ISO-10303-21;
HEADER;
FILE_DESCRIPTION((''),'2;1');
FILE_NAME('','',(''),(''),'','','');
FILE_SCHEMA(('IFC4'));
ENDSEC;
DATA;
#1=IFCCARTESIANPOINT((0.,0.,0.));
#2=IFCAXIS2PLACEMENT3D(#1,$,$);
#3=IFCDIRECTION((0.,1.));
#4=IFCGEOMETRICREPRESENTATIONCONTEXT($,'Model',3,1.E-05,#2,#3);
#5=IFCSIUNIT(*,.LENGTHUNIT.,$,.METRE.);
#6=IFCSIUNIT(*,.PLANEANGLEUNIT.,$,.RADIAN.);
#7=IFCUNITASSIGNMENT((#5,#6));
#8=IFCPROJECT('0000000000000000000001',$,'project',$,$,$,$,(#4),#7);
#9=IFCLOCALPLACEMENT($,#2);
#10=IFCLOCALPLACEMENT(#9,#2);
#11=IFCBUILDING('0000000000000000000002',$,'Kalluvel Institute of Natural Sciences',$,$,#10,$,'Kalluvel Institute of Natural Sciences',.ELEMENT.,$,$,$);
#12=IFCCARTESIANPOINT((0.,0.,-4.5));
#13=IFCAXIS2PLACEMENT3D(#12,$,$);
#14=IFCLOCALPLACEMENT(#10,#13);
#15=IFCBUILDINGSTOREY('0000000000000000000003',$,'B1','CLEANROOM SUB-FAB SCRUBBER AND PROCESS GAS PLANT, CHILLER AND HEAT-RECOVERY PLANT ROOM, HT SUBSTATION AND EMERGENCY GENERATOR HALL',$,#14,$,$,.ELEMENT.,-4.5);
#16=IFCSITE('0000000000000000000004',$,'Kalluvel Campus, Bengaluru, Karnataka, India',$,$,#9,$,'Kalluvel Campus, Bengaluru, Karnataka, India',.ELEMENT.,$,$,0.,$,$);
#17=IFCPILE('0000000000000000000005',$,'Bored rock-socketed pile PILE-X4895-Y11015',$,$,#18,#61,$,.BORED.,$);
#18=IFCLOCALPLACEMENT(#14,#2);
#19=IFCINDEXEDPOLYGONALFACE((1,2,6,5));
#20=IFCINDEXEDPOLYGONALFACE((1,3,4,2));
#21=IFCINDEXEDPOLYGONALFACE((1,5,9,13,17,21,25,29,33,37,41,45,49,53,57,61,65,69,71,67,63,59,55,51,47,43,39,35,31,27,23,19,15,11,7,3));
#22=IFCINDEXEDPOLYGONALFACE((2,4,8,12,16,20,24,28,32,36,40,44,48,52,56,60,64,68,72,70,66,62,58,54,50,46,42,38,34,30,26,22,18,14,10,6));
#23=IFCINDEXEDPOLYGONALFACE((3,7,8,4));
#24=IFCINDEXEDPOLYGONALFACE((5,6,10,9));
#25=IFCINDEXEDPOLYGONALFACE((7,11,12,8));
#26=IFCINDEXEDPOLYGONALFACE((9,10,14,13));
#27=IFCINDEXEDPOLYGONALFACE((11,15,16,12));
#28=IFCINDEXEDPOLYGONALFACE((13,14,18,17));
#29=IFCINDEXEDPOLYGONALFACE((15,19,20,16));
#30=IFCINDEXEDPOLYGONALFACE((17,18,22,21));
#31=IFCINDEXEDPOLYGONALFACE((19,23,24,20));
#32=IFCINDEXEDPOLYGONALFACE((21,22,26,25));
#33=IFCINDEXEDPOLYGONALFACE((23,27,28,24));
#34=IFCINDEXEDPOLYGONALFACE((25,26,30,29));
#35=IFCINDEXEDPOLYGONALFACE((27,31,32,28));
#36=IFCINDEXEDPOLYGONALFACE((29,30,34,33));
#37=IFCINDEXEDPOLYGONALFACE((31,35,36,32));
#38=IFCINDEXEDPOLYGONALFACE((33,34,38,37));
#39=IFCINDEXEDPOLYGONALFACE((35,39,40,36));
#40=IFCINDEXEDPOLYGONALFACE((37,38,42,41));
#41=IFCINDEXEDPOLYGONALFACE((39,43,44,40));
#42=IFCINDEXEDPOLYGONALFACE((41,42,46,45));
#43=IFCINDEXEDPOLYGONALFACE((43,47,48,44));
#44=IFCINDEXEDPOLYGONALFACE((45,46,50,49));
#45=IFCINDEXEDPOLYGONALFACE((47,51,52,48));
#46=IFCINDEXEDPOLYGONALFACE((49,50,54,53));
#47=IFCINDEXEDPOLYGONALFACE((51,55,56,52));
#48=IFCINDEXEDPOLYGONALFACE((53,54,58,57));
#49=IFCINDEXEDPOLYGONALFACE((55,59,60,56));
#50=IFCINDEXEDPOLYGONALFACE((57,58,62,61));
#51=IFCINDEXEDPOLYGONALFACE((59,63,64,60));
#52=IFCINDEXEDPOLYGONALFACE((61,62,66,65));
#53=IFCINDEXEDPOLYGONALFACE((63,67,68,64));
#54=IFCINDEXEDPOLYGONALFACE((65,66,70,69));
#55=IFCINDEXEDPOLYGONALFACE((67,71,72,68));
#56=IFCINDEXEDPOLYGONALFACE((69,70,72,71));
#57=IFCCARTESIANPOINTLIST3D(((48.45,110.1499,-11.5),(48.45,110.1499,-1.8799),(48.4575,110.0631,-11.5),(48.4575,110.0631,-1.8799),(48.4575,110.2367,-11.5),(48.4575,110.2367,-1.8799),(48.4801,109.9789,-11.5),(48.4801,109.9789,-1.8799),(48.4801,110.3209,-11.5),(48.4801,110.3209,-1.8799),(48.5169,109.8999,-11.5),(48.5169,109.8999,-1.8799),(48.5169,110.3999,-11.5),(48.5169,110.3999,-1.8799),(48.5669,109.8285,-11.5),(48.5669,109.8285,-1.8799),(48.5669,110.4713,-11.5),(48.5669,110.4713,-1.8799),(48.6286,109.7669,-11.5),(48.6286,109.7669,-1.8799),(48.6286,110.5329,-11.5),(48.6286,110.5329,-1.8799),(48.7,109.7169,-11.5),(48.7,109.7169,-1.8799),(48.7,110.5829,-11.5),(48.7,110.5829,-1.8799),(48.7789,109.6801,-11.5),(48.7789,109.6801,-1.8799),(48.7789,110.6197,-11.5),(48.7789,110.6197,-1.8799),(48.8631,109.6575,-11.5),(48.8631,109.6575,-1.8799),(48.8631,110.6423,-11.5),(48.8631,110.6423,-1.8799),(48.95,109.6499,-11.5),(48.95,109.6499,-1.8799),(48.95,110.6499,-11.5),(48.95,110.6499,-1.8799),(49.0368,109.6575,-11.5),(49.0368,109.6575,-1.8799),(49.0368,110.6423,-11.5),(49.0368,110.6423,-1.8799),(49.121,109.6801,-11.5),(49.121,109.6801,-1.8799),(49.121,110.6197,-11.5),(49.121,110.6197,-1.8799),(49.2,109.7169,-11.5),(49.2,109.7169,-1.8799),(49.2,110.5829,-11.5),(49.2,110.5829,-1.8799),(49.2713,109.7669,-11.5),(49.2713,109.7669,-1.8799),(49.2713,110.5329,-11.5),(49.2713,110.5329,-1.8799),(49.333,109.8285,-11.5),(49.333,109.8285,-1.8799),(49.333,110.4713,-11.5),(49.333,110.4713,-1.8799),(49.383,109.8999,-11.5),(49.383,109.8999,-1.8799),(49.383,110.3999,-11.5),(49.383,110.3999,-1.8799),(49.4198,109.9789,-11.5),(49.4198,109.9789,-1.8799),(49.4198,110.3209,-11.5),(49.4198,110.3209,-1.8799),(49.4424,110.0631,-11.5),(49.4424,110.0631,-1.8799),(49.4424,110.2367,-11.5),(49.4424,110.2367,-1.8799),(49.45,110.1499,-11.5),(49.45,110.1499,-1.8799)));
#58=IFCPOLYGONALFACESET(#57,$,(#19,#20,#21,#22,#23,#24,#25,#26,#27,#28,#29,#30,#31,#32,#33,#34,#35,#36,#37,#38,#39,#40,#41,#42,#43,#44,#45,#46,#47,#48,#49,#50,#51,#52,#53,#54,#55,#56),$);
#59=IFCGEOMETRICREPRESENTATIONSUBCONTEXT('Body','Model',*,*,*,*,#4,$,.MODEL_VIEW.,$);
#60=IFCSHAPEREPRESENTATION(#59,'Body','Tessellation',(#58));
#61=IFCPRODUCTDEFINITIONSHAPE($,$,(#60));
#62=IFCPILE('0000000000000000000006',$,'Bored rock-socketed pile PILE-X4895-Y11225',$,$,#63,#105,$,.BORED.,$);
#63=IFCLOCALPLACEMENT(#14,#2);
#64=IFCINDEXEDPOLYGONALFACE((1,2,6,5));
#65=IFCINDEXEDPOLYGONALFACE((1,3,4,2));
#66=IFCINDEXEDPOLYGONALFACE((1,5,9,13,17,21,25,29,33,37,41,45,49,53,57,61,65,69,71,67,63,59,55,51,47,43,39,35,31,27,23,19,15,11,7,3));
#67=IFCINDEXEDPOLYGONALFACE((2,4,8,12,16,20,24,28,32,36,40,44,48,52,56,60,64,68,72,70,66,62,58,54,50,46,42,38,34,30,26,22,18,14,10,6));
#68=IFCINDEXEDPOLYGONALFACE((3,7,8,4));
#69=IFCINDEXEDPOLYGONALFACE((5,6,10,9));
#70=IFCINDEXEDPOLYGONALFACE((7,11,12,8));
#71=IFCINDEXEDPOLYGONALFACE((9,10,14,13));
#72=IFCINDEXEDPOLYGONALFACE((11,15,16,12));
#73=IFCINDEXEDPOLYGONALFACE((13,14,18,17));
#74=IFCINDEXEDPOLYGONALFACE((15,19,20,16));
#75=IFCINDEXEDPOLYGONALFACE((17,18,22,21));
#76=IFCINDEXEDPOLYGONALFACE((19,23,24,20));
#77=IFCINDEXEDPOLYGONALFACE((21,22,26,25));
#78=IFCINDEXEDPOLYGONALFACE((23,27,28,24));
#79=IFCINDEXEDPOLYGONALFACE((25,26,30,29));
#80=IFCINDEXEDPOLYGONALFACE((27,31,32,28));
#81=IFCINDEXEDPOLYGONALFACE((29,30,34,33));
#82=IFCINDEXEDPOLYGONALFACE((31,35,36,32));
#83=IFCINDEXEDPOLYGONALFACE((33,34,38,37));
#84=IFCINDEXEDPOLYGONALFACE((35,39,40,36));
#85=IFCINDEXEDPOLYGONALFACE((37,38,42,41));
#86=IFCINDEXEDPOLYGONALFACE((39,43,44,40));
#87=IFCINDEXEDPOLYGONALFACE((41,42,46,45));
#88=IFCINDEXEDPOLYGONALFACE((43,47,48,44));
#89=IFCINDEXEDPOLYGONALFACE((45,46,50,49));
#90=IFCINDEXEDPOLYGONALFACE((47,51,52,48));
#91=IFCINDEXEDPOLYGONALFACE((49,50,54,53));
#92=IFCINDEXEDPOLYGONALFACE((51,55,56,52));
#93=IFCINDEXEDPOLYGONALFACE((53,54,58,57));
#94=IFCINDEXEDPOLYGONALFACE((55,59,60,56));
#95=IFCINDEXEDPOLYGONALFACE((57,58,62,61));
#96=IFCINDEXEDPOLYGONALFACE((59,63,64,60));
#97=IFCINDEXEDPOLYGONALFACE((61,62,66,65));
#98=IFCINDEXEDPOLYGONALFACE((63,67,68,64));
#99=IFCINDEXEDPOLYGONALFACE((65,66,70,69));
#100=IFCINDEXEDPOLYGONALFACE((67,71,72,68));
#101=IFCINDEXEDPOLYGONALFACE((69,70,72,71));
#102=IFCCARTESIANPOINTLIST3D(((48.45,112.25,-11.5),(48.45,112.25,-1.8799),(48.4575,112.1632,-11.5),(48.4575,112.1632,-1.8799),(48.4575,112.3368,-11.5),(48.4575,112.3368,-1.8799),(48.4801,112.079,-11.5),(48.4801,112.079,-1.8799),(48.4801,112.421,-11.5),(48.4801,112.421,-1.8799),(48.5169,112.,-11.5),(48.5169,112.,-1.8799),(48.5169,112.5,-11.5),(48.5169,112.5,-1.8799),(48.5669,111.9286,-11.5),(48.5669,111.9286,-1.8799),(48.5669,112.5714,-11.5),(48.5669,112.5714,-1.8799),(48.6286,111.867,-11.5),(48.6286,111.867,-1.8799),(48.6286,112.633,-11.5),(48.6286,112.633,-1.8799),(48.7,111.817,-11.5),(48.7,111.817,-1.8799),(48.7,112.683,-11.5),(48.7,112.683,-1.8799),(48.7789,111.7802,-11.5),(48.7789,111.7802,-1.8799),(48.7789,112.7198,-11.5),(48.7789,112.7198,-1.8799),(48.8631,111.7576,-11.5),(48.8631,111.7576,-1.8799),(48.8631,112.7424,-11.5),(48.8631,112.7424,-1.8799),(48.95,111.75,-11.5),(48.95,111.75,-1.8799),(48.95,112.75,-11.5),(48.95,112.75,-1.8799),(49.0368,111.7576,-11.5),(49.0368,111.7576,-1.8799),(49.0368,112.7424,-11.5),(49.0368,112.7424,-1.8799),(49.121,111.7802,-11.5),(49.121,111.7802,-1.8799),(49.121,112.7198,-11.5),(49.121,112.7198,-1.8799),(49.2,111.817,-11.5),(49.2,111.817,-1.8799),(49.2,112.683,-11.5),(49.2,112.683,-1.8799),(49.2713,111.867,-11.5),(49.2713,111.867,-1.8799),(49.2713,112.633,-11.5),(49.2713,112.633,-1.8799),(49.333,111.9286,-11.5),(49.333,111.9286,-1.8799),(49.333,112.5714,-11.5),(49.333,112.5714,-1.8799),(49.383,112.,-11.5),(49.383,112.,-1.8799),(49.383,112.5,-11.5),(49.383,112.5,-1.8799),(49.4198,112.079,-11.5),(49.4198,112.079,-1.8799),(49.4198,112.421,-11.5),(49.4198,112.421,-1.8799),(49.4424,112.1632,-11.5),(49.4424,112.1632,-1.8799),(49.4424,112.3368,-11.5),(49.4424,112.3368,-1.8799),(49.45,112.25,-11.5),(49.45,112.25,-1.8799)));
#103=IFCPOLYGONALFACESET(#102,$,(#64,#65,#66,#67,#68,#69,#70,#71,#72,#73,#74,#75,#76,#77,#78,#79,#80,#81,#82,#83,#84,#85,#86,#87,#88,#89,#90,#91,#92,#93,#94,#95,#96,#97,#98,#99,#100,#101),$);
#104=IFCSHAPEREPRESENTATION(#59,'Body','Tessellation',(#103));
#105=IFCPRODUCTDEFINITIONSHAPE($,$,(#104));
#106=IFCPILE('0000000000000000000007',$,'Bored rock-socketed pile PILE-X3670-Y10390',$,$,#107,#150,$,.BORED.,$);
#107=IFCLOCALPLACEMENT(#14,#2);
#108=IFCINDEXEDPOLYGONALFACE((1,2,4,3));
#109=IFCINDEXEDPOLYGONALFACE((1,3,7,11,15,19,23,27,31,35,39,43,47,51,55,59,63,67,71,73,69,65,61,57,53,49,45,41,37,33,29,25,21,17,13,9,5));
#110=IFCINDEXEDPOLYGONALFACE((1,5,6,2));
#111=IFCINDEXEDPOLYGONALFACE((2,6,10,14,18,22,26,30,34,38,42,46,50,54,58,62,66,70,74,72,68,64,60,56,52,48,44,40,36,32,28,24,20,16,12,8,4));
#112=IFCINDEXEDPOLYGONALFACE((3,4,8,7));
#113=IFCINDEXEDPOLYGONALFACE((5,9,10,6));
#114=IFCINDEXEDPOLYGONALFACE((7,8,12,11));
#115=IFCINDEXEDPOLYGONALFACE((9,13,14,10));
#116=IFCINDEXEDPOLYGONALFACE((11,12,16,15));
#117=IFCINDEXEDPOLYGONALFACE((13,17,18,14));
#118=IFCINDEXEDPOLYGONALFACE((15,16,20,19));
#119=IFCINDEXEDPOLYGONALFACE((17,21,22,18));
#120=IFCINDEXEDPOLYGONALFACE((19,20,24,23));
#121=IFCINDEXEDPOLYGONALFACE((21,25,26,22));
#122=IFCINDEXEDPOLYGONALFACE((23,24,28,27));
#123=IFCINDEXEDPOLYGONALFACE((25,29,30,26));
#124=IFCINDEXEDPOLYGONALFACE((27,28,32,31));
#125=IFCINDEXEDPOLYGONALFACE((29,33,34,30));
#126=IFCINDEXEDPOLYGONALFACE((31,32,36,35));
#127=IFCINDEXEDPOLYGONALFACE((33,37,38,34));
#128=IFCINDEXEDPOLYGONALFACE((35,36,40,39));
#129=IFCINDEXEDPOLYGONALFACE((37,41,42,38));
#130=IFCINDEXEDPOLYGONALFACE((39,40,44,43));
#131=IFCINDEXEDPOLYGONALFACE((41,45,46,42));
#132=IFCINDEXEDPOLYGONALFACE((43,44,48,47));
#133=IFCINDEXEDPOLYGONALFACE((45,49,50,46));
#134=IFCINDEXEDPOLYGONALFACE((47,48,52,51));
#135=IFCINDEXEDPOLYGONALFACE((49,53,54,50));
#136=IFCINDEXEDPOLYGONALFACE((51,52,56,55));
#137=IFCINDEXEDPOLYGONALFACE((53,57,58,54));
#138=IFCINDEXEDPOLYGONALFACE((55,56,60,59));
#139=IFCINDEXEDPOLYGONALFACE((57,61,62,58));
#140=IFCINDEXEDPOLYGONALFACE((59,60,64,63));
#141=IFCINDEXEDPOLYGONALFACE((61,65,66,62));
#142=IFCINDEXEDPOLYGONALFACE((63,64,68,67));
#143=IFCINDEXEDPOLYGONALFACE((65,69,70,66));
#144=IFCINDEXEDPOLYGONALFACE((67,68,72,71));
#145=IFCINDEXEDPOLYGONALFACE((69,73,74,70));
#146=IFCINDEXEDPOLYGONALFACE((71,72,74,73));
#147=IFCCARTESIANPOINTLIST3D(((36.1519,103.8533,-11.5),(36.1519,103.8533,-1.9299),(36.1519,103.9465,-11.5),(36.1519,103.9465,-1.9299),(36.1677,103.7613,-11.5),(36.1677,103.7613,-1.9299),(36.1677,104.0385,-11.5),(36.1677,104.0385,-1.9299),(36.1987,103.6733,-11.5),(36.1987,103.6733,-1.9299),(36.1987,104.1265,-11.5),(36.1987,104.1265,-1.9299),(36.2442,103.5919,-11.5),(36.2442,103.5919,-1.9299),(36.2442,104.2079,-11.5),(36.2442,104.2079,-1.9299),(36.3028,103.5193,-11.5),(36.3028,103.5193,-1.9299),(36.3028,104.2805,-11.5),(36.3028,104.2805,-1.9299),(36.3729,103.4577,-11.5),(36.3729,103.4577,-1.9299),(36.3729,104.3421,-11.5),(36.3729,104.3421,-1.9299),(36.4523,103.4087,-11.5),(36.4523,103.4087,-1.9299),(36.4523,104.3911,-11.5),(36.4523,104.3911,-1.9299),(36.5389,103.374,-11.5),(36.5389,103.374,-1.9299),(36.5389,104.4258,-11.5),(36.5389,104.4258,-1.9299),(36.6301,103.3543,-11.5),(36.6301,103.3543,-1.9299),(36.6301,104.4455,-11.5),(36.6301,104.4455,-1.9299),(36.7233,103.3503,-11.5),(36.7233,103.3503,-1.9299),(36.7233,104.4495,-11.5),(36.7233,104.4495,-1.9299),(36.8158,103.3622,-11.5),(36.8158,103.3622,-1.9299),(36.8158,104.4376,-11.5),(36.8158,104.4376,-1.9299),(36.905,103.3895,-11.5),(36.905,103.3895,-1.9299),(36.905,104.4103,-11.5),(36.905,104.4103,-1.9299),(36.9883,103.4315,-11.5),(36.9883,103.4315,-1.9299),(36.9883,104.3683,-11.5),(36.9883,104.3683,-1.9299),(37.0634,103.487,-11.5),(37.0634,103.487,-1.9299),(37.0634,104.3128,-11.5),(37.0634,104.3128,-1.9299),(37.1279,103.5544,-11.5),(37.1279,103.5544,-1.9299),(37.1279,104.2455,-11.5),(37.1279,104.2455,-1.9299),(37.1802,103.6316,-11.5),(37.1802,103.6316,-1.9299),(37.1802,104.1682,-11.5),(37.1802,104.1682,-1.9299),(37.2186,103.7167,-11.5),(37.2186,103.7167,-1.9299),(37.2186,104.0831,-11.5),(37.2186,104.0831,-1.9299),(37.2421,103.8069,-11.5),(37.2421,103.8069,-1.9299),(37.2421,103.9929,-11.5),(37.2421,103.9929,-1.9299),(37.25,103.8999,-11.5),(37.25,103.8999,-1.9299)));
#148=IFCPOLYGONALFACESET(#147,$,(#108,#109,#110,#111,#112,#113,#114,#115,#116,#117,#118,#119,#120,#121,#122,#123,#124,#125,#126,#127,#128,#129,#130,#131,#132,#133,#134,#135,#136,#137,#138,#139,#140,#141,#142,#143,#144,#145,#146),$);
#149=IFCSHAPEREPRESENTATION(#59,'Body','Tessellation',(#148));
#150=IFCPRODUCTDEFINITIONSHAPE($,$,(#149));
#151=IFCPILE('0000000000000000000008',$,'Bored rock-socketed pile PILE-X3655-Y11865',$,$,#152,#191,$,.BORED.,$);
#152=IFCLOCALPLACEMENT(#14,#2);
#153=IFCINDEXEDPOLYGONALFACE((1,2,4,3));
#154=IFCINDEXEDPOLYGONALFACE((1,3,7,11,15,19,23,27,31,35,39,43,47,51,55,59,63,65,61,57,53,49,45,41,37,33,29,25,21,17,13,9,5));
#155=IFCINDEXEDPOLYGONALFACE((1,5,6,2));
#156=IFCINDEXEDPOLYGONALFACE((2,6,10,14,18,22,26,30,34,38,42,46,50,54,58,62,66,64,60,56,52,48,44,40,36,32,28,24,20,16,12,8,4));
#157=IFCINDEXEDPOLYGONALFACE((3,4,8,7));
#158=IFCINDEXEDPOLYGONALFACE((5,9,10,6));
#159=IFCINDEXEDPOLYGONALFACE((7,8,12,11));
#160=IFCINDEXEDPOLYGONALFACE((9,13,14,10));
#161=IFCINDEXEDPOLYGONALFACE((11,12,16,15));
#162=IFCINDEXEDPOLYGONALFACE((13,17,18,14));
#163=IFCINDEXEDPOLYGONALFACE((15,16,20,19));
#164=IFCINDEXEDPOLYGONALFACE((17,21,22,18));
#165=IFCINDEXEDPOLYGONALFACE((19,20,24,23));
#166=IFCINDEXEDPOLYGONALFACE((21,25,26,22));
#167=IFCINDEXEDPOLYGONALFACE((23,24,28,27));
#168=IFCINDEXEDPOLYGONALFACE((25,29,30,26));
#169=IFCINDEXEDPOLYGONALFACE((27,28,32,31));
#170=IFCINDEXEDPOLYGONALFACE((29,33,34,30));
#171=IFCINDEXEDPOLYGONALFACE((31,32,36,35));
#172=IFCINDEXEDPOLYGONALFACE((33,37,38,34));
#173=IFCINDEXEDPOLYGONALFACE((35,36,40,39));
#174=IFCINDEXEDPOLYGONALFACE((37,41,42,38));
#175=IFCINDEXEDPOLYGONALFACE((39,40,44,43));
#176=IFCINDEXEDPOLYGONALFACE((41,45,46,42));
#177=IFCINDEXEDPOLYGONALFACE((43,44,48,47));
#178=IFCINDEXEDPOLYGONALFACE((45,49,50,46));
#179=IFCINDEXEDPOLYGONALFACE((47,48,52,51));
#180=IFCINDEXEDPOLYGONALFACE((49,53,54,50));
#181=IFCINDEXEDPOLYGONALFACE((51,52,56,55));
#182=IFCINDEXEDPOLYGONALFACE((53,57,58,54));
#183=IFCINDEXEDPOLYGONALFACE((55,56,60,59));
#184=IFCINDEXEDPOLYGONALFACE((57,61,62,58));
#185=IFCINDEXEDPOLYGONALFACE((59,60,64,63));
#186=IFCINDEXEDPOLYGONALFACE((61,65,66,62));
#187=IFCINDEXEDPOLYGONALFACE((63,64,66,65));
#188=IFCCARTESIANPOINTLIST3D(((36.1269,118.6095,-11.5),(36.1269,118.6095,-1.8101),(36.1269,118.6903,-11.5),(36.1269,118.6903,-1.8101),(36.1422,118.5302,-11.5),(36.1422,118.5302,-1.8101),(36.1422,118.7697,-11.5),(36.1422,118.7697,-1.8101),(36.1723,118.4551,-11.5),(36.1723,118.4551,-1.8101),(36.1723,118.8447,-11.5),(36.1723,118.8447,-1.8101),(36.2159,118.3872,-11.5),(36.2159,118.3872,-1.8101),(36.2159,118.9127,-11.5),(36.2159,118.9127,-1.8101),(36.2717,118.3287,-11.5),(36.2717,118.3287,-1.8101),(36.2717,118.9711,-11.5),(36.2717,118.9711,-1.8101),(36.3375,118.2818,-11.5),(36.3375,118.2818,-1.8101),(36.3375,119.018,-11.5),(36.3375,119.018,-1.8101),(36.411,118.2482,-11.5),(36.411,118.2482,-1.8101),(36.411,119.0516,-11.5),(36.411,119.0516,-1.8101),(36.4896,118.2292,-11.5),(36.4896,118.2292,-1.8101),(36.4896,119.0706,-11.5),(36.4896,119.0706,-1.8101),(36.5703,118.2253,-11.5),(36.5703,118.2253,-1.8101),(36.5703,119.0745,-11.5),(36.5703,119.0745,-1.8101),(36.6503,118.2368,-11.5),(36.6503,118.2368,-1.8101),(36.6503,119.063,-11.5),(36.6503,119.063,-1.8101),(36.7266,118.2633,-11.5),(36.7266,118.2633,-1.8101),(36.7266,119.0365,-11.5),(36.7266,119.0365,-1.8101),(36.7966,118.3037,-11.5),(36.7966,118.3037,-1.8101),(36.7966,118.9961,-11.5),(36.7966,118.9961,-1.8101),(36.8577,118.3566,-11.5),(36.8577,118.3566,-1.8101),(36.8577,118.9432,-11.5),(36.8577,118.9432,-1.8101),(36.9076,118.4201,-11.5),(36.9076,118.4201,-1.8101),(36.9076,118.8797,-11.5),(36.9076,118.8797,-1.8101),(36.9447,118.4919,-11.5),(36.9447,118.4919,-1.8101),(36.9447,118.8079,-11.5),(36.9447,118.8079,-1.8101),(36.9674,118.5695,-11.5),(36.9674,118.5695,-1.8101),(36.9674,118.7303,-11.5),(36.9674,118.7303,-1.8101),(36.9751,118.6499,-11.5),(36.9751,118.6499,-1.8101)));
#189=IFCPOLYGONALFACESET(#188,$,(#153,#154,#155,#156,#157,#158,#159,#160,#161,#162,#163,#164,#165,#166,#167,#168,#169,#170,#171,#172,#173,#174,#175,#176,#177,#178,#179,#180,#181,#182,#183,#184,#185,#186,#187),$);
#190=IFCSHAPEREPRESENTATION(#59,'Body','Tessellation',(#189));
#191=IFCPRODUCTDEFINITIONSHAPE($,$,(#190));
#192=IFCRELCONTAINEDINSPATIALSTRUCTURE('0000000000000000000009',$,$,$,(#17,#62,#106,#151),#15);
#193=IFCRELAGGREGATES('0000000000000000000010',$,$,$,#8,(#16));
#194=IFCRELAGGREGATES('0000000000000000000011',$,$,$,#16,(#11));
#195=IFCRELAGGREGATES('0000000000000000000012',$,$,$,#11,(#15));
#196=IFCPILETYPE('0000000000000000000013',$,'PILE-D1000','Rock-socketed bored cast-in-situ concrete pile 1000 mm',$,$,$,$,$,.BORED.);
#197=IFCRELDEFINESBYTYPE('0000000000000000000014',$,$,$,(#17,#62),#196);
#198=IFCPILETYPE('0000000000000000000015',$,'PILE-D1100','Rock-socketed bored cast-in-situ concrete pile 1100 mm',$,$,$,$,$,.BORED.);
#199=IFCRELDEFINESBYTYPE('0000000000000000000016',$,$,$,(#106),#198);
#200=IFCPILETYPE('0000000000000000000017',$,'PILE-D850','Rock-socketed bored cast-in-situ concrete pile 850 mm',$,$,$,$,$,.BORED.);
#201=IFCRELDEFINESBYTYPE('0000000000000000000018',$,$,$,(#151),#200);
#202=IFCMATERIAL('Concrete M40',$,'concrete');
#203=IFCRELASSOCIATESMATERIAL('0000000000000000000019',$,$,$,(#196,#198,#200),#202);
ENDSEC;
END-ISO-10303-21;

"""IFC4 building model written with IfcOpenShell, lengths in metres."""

from ifc_helpers import new_model, si_unit, direction, frame, origin, origin_2d, place, context, subcontext, project, spatial, circle, extrude, material, material_profile, profile_set, type_object, element, save


model = new_model("IFC4")

# Units and contexts
model_context = context("Model", 3, precision=1e-05, world=origin(), true_north=direction((0.0, 1.0)))
body_context = subcontext(model_context, "Body", "Model", "MODEL_VIEW")
ifc_project = project(units=[si_unit("LENGTHUNIT", "METRE"), si_unit("PLANEANGLEUNIT", "RADIAN")], contexts=[model_context])

# Site, building, storey
site_placement = place(None, origin())
site = spatial("IfcSite", under=ifc_project, at=site_placement, Name="Kalluvel Campus, Bengaluru, Karnataka, India", LongName="Kalluvel Campus, Bengaluru, Karnataka, India", CompositionType="ELEMENT", RefElevation=0.0)
building_placement = place(site_placement, origin())
building = spatial("IfcBuilding", under=site, at=building_placement, Name="Kalluvel Institute of Natural Sciences", LongName="Kalluvel Institute of Natural Sciences", CompositionType="ELEMENT")
storey_placement = place(building_placement, frame((0.0, 0.0, -4.5)))
storey = spatial("IfcBuildingStorey", under=building, at=storey_placement, Name="B1", Description="CLEANROOM SUB-FAB SCRUBBER AND PROCESS GAS PLANT, CHILLER AND HEAT-RECOVERY PLANT ROOM, HT SUBSTATION AND EMERGENCY GENERATOR HALL", CompositionType="ELEMENT", Elevation=-4.5)

# Shared definitions
ifc_material_1 = material(Name="Concrete M40", Category="concrete")

# Piles
ifc_material_profile_1 = material_profile(ifc_material_1, circle(Radius=0.5, at=origin_2d()), Name="PILE D1000")
ifc_profile_set_1 = profile_set([ifc_material_profile_1], Name="Concrete M40")
pile_type_1 = type_object("IfcPileType", Name="PILE-D1000", Description="Rock-socketed bored cast-in-situ concrete pile 1000 mm", PredefinedType="BORED", material=ifc_profile_set_1)
for number, where, z_axis, x_axis, name in (
    (1, (48.95, 110.1499, -1.8799), (0.0, 0.0, -1.0), (1.0, 0.0, 0.0), "Bored rock-socketed pile PILE-X4895-Y11015"),
    (2, (48.95, 112.25, -1.8799), (0.0, 0.0, -1.0), (1.0, 0.0, 0.0), "Bored rock-socketed pile PILE-X4895-Y11225"),
):
    element("IfcPile", number, at=place(storey_placement, frame(where, z_axis=z_axis, x_axis=x_axis)), inside=storey, type_object=pile_type_1, Name=name, PredefinedType="BORED", context=body_context, shape_type="SweptSolid", body=[
        extrude(circle(Radius=0.5, at=origin_2d()), origin(), (0.0, 0.0, 1.0), 9.6201),
    ])
ifc_material_profile_2 = material_profile(ifc_material_1, circle(Radius=0.55, at=origin_2d()), Name="PILE D1100")
ifc_profile_set_2 = profile_set([ifc_material_profile_2], Name="Concrete M40")
pile_type_2 = type_object("IfcPileType", Name="PILE-D1100", Description="Rock-socketed bored cast-in-situ concrete pile 1100 mm", PredefinedType="BORED", material=ifc_profile_set_2)
pile_placement = place(storey_placement, frame((36.7, 103.8999, -1.9299), z_axis=(0.0, 0.0, -1.0), x_axis=(1.0, 0.0, 0.0)))
element("IfcPile", 3, at=pile_placement, inside=storey, type_object=pile_type_2, Name="Bored rock-socketed pile PILE-X3670-Y10390", PredefinedType="BORED", context=body_context, shape_type="SweptSolid", body=[
    extrude(circle(Radius=0.55, at=origin_2d()), origin(), (0.0, 0.0, 1.0), 9.5701),
])
ifc_material_profile_3 = material_profile(ifc_material_1, circle(Radius=0.425, at=origin_2d()), Name="PILE D850")
ifc_profile_set_3 = profile_set([ifc_material_profile_3], Name="Concrete M40")
pile_type_3 = type_object("IfcPileType", Name="PILE-D850", Description="Rock-socketed bored cast-in-situ concrete pile 850 mm", PredefinedType="BORED", material=ifc_profile_set_3)
for number, where, z_axis, x_axis, name in (
    (4, (36.55, 118.6499, -1.8101), (0.0, 0.0, -1.0), (1.0, 0.0, 0.0), "Bored rock-socketed pile PILE-X3655-Y11865"),
):
    element("IfcPile", number, at=place(storey_placement, frame(where, z_axis=z_axis, x_axis=x_axis)), inside=storey, type_object=pile_type_3, Name=name, PredefinedType="BORED", context=body_context, shape_type="SweptSolid", body=[
        extrude(circle(Radius=0.425, at=origin_2d()), origin(), (0.0, 0.0, 1.0), 9.6899),
    ])

save(model, "model.ifc")
